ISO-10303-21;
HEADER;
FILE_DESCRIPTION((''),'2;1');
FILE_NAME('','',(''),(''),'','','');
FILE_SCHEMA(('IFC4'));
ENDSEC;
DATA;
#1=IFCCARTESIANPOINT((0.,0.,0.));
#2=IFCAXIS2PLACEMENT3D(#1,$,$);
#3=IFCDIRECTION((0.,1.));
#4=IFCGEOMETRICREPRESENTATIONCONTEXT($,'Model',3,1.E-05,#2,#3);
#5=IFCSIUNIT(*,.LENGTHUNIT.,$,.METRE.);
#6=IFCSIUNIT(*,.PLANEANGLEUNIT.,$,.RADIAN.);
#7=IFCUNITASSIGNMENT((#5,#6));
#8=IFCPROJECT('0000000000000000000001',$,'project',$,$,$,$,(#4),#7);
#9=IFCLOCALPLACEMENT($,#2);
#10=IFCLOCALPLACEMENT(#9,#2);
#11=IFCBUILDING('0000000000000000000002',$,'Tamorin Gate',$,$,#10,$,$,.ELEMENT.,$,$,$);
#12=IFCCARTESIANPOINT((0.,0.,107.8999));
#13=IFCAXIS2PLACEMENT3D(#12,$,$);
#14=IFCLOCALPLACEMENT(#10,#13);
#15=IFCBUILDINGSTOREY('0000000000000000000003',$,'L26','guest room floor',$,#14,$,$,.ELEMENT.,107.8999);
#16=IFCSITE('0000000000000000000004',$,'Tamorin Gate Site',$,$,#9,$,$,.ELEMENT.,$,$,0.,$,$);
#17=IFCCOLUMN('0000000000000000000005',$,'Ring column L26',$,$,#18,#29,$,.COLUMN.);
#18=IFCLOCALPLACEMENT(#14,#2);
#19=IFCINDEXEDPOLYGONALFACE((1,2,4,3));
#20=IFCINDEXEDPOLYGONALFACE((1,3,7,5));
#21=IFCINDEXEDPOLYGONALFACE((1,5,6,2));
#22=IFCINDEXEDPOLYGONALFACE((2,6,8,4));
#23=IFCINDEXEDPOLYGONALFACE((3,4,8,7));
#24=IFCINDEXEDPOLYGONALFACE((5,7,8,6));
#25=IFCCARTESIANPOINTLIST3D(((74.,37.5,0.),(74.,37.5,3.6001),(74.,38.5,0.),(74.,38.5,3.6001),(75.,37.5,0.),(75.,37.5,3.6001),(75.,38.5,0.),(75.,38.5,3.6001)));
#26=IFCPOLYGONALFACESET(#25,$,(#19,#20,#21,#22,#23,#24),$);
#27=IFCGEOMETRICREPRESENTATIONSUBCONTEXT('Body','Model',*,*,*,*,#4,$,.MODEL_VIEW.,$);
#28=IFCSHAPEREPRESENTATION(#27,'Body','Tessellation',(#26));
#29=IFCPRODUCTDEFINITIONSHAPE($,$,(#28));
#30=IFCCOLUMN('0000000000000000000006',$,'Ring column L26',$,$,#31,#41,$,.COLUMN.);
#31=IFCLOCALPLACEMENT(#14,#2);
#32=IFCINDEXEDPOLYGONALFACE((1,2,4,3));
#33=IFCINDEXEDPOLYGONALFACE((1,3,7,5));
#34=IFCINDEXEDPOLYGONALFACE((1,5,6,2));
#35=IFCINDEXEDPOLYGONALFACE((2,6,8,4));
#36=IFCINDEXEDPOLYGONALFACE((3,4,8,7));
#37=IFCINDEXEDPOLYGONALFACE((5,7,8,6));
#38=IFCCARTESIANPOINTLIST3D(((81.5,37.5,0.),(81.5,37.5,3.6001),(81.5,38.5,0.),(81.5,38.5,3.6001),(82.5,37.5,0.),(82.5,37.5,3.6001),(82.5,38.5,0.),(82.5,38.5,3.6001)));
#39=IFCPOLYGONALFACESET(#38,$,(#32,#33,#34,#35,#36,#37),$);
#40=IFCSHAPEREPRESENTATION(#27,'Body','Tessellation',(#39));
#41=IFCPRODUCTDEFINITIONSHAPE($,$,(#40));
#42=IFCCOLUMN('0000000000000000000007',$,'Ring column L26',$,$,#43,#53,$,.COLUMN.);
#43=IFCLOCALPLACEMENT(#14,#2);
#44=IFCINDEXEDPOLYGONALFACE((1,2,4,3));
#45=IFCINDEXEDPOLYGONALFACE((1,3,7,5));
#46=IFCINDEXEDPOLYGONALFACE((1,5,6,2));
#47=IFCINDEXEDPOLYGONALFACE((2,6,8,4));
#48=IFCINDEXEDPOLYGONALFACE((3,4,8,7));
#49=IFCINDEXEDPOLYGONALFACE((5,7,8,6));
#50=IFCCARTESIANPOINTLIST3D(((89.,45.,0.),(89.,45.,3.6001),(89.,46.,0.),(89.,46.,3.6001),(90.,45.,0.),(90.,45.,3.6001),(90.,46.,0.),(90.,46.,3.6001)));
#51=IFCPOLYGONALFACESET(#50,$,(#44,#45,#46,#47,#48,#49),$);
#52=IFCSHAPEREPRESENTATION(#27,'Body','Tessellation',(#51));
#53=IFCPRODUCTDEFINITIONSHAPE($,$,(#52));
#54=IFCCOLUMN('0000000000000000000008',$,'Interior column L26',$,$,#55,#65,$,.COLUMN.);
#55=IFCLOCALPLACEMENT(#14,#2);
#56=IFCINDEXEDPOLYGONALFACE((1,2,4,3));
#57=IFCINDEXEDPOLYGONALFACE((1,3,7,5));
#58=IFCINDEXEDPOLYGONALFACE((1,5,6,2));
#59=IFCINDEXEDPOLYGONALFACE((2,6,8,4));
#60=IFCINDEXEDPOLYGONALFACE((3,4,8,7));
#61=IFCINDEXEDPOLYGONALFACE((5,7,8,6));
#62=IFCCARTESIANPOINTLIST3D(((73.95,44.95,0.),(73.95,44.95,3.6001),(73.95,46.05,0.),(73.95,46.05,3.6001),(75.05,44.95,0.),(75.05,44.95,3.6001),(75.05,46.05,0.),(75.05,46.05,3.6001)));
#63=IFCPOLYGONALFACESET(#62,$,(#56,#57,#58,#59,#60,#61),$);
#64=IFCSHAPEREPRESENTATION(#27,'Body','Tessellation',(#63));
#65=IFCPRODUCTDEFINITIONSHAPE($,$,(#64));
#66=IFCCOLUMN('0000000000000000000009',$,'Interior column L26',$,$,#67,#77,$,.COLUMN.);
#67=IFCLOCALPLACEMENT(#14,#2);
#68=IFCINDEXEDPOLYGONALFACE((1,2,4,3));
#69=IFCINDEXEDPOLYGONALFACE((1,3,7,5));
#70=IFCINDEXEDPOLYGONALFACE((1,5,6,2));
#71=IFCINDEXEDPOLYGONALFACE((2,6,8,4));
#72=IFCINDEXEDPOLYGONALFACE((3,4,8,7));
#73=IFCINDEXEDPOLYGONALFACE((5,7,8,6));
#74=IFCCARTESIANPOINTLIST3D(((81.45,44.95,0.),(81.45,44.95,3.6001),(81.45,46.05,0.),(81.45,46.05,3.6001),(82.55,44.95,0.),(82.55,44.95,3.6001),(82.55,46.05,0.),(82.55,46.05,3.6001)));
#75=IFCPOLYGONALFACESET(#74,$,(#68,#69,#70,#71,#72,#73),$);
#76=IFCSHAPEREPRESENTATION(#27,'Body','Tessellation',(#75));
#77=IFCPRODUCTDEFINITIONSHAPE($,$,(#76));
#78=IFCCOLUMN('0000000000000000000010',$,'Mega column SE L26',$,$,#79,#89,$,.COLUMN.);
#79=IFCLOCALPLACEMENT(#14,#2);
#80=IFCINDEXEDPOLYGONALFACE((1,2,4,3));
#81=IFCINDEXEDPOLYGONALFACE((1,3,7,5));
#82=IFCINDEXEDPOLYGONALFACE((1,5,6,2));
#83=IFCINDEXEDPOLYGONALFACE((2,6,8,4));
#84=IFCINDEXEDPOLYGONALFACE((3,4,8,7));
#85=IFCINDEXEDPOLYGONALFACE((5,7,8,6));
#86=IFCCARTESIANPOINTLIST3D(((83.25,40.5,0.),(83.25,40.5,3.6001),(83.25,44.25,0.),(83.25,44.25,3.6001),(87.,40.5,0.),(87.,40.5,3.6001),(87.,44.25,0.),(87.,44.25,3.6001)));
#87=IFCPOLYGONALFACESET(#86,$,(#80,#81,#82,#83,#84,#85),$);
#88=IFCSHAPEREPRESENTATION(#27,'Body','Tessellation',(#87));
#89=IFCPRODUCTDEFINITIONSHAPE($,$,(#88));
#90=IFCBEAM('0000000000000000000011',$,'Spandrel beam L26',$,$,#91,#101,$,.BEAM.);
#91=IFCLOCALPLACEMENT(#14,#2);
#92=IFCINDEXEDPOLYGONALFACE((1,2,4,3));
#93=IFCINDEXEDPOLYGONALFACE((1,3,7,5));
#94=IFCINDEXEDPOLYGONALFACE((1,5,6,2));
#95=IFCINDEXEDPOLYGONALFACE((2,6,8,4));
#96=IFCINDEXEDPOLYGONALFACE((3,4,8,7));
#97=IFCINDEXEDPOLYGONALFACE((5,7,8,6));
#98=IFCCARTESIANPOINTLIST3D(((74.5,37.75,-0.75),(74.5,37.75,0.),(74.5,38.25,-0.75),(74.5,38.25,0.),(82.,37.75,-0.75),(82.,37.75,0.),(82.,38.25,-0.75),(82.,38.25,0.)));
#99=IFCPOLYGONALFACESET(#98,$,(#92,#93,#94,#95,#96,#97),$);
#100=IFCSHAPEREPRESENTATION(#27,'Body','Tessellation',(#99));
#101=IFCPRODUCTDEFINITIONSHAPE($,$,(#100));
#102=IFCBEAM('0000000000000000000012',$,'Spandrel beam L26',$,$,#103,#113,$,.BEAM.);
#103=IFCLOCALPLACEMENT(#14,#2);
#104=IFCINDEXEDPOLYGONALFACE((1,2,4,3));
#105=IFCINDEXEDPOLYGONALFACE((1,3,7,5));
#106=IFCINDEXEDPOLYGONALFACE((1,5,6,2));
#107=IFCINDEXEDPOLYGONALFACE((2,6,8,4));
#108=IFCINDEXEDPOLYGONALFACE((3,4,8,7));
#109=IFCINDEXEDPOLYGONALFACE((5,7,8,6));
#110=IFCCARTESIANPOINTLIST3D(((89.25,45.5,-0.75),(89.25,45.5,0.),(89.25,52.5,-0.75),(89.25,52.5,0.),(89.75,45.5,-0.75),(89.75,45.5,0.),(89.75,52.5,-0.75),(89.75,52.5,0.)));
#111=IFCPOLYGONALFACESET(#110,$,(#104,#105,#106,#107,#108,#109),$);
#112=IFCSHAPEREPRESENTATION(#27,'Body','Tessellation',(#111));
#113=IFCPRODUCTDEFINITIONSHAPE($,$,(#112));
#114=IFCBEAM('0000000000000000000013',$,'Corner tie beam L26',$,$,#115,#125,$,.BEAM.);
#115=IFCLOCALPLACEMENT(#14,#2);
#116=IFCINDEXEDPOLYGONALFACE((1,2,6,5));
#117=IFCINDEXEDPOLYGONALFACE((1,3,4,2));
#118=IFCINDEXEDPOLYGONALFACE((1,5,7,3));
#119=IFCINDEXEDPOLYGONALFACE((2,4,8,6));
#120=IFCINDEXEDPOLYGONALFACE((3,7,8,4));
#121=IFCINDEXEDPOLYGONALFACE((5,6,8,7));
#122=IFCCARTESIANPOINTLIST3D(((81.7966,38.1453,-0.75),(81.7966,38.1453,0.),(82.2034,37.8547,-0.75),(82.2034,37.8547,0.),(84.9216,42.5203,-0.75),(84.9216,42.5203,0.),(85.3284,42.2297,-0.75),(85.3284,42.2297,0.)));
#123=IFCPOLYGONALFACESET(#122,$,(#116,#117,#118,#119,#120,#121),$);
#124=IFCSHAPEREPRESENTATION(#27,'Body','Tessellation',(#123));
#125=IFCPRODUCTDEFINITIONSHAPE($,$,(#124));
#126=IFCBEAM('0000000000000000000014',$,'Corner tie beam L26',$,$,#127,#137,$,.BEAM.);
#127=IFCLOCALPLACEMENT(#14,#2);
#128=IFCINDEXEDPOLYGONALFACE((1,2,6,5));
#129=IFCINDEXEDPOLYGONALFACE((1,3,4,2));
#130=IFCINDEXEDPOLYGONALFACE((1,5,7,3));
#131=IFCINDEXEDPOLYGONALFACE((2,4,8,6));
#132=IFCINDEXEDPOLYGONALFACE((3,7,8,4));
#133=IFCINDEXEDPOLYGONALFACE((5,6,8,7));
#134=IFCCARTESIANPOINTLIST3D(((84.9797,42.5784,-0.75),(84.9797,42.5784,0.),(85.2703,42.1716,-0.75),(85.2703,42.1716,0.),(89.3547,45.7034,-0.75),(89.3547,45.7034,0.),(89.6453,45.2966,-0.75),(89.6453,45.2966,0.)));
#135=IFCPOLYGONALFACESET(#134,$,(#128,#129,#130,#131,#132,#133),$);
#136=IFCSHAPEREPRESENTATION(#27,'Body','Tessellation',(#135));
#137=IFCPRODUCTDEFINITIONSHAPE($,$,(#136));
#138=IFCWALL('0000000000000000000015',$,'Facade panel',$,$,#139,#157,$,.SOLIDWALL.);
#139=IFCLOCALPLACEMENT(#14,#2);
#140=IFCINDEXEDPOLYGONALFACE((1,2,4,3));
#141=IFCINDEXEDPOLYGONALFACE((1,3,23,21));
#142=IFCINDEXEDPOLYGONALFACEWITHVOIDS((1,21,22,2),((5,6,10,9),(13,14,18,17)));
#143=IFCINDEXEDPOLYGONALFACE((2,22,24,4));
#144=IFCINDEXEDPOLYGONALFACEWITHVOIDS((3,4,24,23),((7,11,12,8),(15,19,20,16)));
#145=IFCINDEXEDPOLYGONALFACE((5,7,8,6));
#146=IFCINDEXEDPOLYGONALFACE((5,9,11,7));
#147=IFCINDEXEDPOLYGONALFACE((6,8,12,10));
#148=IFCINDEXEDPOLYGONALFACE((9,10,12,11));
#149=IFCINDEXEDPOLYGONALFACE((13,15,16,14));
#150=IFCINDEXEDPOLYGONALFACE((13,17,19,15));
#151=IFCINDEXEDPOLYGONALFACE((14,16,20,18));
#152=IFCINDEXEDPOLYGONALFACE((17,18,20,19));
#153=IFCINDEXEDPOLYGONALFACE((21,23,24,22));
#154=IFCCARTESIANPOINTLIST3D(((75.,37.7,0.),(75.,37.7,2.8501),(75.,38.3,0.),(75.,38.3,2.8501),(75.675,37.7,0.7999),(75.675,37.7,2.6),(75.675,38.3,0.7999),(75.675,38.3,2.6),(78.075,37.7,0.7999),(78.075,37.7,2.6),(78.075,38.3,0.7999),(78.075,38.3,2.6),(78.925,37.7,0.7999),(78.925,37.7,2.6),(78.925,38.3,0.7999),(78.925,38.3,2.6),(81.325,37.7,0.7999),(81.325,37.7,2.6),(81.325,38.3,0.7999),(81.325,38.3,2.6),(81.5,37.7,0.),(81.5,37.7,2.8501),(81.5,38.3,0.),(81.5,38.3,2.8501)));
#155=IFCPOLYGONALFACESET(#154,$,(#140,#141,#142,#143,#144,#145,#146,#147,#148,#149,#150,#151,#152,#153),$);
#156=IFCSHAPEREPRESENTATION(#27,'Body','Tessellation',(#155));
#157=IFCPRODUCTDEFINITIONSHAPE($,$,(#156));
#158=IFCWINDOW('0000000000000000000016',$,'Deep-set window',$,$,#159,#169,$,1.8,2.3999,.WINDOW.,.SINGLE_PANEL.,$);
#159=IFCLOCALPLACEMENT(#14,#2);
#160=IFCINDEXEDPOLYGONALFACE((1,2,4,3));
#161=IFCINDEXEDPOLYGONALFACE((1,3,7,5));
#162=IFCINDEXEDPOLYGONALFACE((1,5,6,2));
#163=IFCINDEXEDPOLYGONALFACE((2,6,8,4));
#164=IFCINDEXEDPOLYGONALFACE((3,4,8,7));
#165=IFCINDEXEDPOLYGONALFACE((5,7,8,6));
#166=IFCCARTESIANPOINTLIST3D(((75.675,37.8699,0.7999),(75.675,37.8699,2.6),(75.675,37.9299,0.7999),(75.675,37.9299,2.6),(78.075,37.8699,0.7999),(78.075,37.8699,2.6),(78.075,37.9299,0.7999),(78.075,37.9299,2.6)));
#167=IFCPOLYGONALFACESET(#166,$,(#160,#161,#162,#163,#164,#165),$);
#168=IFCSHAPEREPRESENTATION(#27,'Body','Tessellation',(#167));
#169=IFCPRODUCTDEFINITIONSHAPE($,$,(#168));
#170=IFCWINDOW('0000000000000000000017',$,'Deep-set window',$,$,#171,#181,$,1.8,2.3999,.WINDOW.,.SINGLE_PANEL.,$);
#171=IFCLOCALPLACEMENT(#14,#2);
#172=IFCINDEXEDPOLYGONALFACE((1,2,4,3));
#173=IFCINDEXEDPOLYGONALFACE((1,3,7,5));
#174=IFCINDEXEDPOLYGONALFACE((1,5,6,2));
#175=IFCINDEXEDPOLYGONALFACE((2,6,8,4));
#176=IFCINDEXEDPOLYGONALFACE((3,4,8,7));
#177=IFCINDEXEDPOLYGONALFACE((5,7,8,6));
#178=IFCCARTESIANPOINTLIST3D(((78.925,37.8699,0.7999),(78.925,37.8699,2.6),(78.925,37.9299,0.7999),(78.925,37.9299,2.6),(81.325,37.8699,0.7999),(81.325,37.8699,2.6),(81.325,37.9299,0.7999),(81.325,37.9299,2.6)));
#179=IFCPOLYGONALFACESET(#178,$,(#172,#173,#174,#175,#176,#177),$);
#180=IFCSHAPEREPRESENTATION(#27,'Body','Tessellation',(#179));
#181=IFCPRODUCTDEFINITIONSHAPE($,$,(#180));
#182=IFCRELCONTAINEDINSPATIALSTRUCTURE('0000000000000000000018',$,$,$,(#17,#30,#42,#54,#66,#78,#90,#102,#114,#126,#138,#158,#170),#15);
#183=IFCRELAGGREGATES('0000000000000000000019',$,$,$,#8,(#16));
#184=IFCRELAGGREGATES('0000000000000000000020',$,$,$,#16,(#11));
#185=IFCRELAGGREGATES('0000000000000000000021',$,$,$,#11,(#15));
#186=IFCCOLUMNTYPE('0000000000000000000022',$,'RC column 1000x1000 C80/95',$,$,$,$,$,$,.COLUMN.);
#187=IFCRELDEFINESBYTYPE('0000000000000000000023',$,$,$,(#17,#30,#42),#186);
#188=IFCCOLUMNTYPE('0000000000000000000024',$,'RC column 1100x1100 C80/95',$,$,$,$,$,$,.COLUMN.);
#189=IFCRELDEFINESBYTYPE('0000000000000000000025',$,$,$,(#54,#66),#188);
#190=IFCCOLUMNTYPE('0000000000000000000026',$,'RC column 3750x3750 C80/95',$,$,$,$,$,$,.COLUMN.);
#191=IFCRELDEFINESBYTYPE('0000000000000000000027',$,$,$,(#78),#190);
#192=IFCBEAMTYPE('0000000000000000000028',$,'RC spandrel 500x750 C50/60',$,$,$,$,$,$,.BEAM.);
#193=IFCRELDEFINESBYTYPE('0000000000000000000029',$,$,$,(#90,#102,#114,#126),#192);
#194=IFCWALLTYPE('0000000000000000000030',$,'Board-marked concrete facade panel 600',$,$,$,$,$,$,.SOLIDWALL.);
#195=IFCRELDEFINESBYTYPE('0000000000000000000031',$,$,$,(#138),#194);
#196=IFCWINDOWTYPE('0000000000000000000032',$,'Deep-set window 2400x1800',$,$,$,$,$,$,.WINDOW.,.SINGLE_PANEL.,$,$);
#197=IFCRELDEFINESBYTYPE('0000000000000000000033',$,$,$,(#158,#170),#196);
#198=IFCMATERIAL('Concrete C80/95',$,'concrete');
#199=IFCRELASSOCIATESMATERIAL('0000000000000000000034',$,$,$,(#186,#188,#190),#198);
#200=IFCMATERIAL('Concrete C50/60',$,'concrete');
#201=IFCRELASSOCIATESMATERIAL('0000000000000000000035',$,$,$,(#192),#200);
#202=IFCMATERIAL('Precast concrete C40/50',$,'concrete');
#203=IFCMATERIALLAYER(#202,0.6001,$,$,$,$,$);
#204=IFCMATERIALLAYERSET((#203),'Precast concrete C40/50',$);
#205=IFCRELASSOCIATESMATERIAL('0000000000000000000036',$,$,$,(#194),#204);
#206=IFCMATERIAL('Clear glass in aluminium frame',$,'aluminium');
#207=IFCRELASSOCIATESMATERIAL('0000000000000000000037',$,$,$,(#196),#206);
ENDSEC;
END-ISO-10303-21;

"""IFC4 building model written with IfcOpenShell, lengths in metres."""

from ifc_helpers import new_model, si_unit, direction, frame, frame_2d, origin, origin_2d, place, context, subcontext, project, spatial, rectangle, extrude, material, layer, layer_set, material_profile, profile_set, type_object, element, fill, save


model = new_model("IFC4")

# Units and contexts
model_context = context("Model", 3, precision=1e-05, world=origin(), true_north=direction((0.0, 1.0)))
body_context = subcontext(model_context, "Body", "Model", "MODEL_VIEW")
ifc_project = project(units=[si_unit("LENGTHUNIT", "METRE"), si_unit("PLANEANGLEUNIT", "RADIAN")], contexts=[model_context])

# Site, building, storey
site_placement = place(None, origin())
site = spatial("IfcSite", under=ifc_project, at=site_placement, Name="Tamorin Gate Site", CompositionType="ELEMENT", RefElevation=0.0)
building_placement = place(site_placement, origin())
building = spatial("IfcBuilding", under=site, at=building_placement, Name="Tamorin Gate", CompositionType="ELEMENT")
storey_placement = place(building_placement, frame((0.0, 0.0, 107.8999)))
storey = spatial("IfcBuildingStorey", under=building, at=storey_placement, Name="L26", Description="guest room floor", CompositionType="ELEMENT", Elevation=107.8999)

# Columns
ifc_material_1 = material(Name="Concrete C80/95", Category="concrete")
ifc_material_profile_1 = material_profile(ifc_material_1, rectangle(XDim=1.0, YDim=1.0, at=origin_2d()), Name="RC 1000x1000")
ifc_profile_set_1 = profile_set([ifc_material_profile_1], Name="Concrete C80/95")
column_type_1 = type_object("IfcColumnType", Name="RC column 1000x1000 C80/95", PredefinedType="COLUMN", material=ifc_profile_set_1)
for number, where, z_axis, x_axis, name in (
    (1, (74.5, 38.0, 0.0), (0.0, 0.0, 1.0), (1.0, 0.0, 0.0), "Ring column L26"),
    (2, (82.0, 38.0, 0.0), (0.0, 0.0, 1.0), (1.0, 0.0, 0.0), "Ring column L26"),
    (3, (89.5, 45.5, 0.0), (0.0, 0.0, 1.0), (1.0, 0.0, 0.0), "Ring column L26"),
):
    element("IfcColumn", number, at=place(storey_placement, frame(where, z_axis=z_axis, x_axis=x_axis)), inside=storey, type_object=column_type_1, Name=name, PredefinedType="COLUMN", context=body_context, shape_type="SweptSolid", body=[
        extrude(rectangle(XDim=1.0, YDim=1.0, at=origin_2d()), origin(), (0.0, 0.0, 1.0), 3.6001),
    ])
ifc_material_profile_2 = material_profile(ifc_material_1, rectangle(XDim=1.1001, YDim=1.1001, at=origin_2d()), Name="RC 1100x1100")
ifc_profile_set_2 = profile_set([ifc_material_profile_2], Name="Concrete C80/95")
column_type_2 = type_object("IfcColumnType", Name="RC column 1100x1100 C80/95", PredefinedType="COLUMN", material=ifc_profile_set_2)
for number, where, z_axis, x_axis, name in (
    (4, (74.5, 45.5, 0.0), (0.0, 0.0, 1.0), (1.0, 0.0, 0.0), "Interior column L26"),
    (5, (82.0, 45.5, 0.0), (0.0, 0.0, 1.0), (1.0, 0.0, 0.0), "Interior column L26"),
):
    element("IfcColumn", number, at=place(storey_placement, frame(where, z_axis=z_axis, x_axis=x_axis)), inside=storey, type_object=column_type_2, Name=name, PredefinedType="COLUMN", context=body_context, shape_type="SweptSolid", body=[
        extrude(rectangle(XDim=1.1001, YDim=1.1001, at=origin_2d()), origin(), (0.0, 0.0, 1.0), 3.6001),
    ])
ifc_material_profile_3 = material_profile(ifc_material_1, rectangle(XDim=3.75, YDim=3.75, at=origin_2d()), Name="RC 3750x3750")
ifc_profile_set_3 = profile_set([ifc_material_profile_3], Name="Concrete C80/95")
column_type_3 = type_object("IfcColumnType", Name="RC column 3750x3750 C80/95", PredefinedType="COLUMN", material=ifc_profile_set_3)
column_placement = place(storey_placement, frame((85.125, 42.375, 0.0), z_axis=(0.0, 0.0, 1.0), x_axis=(1.0, 0.0, 0.0)))
element("IfcColumn", 6, at=column_placement, inside=storey, type_object=column_type_3, Name="Mega column SE L26", PredefinedType="COLUMN", context=body_context, shape_type="SweptSolid", body=[
    extrude(rectangle(XDim=3.75, YDim=3.75, at=origin_2d()), origin(), (0.0, 0.0, 1.0), 3.6001),
])

# Beams
ifc_material_2 = material(Name="Concrete C50/60", Category="concrete")
ifc_material_profile_4 = material_profile(ifc_material_2, rectangle(XDim=0.5, YDim=0.75, at=origin_2d()), Name="RC 500x750")
ifc_profile_set_4 = profile_set([ifc_material_profile_4], Name="Concrete C50/60")
beam_type = type_object("IfcBeamType", Name="RC spandrel 500x750 C50/60", PredefinedType="BEAM", material=ifc_profile_set_4)
beam_1_placement = place(storey_placement, frame((74.5, 38.0, -0.375), z_axis=(1.0, 0.0, 0.0), x_axis=(0.0, 1.0, 0.0)))
element("IfcBeam", 7, at=beam_1_placement, inside=storey, type_object=beam_type, Name="Spandrel beam L26", PredefinedType="BEAM", context=body_context, shape_type="SweptSolid", body=[
    extrude(rectangle(XDim=0.5, YDim=0.75, at=origin_2d()), origin(), (0.0, 0.0, 1.0), 7.5),
])
beam_2_placement = place(storey_placement, frame((89.5, 45.5, -0.375), z_axis=(0.0, 1.0, 0.0), x_axis=(-1.0, 0.0, 0.0)))
element("IfcBeam", 8, at=beam_2_placement, inside=storey, type_object=beam_type, Name="Spandrel beam L26", PredefinedType="BEAM", context=body_context, shape_type="SweptSolid", body=[
    extrude(rectangle(XDim=0.5, YDim=0.75, at=origin_2d()), origin(), (0.0, 0.0, 1.0), 7.0),
])
for number, where, z_axis, x_axis, name in (
    (9, (85.125, 42.375, -0.375), (-0.581238, -0.813733, 0.0), (0.813733, -0.581238, 0.0), "Corner tie beam L26"),
    (10, (85.125, 42.375, -0.375), (0.813733, 0.581238, 0.0), (-0.581238, 0.813733, 0.0), "Corner tie beam L26"),
):
    element("IfcBeam", number, at=place(storey_placement, frame(where, z_axis=z_axis, x_axis=x_axis)), inside=storey, type_object=beam_type, Name=name, PredefinedType="BEAM", context=body_context, shape_type="SweptSolid", body=[
        extrude(rectangle(XDim=0.5, YDim=0.75, at=origin_2d()), origin(), (0.0, 0.0, 1.0), 5.3765),
    ])

# Wall, openings, windows
ifc_material_3 = material(Name="Precast concrete C40/50", Category="concrete")
ifc_layer_1 = layer(ifc_material_3, 0.6001)
ifc_layer_set_1 = layer_set([ifc_layer_1], Name="Precast concrete C40/50")
wall_type_1 = type_object("IfcWallType", Name="Board-marked concrete facade panel 600", PredefinedType="SOLIDWALL", material=ifc_layer_set_1)
wall_1_placement = place(storey_placement, frame((75.0, 38.0, 0.0), z_axis=(0.0, 0.0, 1.0), x_axis=(1.0, 0.0, 0.0)))
wall_1 = element("IfcWall", 11, at=wall_1_placement, inside=storey, type_object=wall_type_1, Name="Facade panel", PredefinedType="SOLIDWALL", context=body_context, shape_type="SweptSolid", body=[
    extrude(rectangle(XDim=6.5, YDim=0.6001, at=frame_2d((3.25, 0.0))), origin(), (0.0, 0.0, 1.0), 2.8501),
])
opening_1_placement = place(wall_1_placement, frame((0.675, 0.0, 0.8)))
opening_1 = element("IfcOpeningElement", 12, at=opening_1_placement, cuts=wall_1, PredefinedType="OPENING", context=body_context, shape_type="SweptSolid", body=[
    extrude(rectangle(XDim=2.3999, YDim=1.8, at=frame_2d((1.2, 0.8999))), frame((0.0, 0.3101, 0.0), z_axis=(0.0, -1.0, 0.0), x_axis=(1.0, 0.0, 0.0)), (0.0, 0.0, 1.0), 0.6201),
])
opening_2_placement = place(wall_1_placement, frame((3.925, 0.0, 0.8)))
opening_2 = element("IfcOpeningElement", 13, at=opening_2_placement, cuts=wall_1, PredefinedType="OPENING", context=body_context, shape_type="SweptSolid", body=[
    extrude(rectangle(XDim=2.3999, YDim=1.8, at=frame_2d((1.2, 0.8999))), frame((0.0, 0.3101, 0.0), z_axis=(0.0, -1.0, 0.0), x_axis=(1.0, 0.0, 0.0)), (0.0, 0.0, 1.0), 0.6201),
])
ifc_material_4 = material(Name="Clear glass in aluminium frame", Category="aluminium")
window_type = type_object("IfcWindowType", Name="Deep-set window 2400x1800", PartitioningType="SINGLE_PANEL", PredefinedType="WINDOW", material=ifc_material_4)
window_1_placement = place(opening_1_placement, origin())
window_1 = element("IfcWindow", 14, at=window_1_placement, inside=storey, type_object=window_type, Name="Deep-set window", OverallHeight=1.8, OverallWidth=2.3999, PartitioningType="SINGLE_PANEL", PredefinedType="WINDOW", context=body_context, shape_type="SweptSolid", body=[
    extrude(rectangle(XDim=2.3999, YDim=1.8, at=frame_2d((1.2, 0.8999))), frame((0.0, -0.0701, 0.0), z_axis=(0.0, -1.0, 0.0), x_axis=(1.0, 0.0, 0.0)), (0.0, 0.0, 1.0), 0.0601),
])
fill(opening_1, window_1)
window_2_placement = place(opening_2_placement, origin())
window_2 = element("IfcWindow", 15, at=window_2_placement, inside=storey, type_object=window_type, Name="Deep-set window", OverallHeight=1.8, OverallWidth=2.3999, PartitioningType="SINGLE_PANEL", PredefinedType="WINDOW", context=body_context, shape_type="SweptSolid", body=[
    extrude(rectangle(XDim=2.3999, YDim=1.8, at=frame_2d((1.2, 0.8999))), frame((0.0, -0.0701, 0.0), z_axis=(0.0, -1.0, 0.0), x_axis=(1.0, 0.0, 0.0)), (0.0, 0.0, 1.0), 0.0601),
])
fill(opening_2, window_2)

save(model, "model.ifc")
